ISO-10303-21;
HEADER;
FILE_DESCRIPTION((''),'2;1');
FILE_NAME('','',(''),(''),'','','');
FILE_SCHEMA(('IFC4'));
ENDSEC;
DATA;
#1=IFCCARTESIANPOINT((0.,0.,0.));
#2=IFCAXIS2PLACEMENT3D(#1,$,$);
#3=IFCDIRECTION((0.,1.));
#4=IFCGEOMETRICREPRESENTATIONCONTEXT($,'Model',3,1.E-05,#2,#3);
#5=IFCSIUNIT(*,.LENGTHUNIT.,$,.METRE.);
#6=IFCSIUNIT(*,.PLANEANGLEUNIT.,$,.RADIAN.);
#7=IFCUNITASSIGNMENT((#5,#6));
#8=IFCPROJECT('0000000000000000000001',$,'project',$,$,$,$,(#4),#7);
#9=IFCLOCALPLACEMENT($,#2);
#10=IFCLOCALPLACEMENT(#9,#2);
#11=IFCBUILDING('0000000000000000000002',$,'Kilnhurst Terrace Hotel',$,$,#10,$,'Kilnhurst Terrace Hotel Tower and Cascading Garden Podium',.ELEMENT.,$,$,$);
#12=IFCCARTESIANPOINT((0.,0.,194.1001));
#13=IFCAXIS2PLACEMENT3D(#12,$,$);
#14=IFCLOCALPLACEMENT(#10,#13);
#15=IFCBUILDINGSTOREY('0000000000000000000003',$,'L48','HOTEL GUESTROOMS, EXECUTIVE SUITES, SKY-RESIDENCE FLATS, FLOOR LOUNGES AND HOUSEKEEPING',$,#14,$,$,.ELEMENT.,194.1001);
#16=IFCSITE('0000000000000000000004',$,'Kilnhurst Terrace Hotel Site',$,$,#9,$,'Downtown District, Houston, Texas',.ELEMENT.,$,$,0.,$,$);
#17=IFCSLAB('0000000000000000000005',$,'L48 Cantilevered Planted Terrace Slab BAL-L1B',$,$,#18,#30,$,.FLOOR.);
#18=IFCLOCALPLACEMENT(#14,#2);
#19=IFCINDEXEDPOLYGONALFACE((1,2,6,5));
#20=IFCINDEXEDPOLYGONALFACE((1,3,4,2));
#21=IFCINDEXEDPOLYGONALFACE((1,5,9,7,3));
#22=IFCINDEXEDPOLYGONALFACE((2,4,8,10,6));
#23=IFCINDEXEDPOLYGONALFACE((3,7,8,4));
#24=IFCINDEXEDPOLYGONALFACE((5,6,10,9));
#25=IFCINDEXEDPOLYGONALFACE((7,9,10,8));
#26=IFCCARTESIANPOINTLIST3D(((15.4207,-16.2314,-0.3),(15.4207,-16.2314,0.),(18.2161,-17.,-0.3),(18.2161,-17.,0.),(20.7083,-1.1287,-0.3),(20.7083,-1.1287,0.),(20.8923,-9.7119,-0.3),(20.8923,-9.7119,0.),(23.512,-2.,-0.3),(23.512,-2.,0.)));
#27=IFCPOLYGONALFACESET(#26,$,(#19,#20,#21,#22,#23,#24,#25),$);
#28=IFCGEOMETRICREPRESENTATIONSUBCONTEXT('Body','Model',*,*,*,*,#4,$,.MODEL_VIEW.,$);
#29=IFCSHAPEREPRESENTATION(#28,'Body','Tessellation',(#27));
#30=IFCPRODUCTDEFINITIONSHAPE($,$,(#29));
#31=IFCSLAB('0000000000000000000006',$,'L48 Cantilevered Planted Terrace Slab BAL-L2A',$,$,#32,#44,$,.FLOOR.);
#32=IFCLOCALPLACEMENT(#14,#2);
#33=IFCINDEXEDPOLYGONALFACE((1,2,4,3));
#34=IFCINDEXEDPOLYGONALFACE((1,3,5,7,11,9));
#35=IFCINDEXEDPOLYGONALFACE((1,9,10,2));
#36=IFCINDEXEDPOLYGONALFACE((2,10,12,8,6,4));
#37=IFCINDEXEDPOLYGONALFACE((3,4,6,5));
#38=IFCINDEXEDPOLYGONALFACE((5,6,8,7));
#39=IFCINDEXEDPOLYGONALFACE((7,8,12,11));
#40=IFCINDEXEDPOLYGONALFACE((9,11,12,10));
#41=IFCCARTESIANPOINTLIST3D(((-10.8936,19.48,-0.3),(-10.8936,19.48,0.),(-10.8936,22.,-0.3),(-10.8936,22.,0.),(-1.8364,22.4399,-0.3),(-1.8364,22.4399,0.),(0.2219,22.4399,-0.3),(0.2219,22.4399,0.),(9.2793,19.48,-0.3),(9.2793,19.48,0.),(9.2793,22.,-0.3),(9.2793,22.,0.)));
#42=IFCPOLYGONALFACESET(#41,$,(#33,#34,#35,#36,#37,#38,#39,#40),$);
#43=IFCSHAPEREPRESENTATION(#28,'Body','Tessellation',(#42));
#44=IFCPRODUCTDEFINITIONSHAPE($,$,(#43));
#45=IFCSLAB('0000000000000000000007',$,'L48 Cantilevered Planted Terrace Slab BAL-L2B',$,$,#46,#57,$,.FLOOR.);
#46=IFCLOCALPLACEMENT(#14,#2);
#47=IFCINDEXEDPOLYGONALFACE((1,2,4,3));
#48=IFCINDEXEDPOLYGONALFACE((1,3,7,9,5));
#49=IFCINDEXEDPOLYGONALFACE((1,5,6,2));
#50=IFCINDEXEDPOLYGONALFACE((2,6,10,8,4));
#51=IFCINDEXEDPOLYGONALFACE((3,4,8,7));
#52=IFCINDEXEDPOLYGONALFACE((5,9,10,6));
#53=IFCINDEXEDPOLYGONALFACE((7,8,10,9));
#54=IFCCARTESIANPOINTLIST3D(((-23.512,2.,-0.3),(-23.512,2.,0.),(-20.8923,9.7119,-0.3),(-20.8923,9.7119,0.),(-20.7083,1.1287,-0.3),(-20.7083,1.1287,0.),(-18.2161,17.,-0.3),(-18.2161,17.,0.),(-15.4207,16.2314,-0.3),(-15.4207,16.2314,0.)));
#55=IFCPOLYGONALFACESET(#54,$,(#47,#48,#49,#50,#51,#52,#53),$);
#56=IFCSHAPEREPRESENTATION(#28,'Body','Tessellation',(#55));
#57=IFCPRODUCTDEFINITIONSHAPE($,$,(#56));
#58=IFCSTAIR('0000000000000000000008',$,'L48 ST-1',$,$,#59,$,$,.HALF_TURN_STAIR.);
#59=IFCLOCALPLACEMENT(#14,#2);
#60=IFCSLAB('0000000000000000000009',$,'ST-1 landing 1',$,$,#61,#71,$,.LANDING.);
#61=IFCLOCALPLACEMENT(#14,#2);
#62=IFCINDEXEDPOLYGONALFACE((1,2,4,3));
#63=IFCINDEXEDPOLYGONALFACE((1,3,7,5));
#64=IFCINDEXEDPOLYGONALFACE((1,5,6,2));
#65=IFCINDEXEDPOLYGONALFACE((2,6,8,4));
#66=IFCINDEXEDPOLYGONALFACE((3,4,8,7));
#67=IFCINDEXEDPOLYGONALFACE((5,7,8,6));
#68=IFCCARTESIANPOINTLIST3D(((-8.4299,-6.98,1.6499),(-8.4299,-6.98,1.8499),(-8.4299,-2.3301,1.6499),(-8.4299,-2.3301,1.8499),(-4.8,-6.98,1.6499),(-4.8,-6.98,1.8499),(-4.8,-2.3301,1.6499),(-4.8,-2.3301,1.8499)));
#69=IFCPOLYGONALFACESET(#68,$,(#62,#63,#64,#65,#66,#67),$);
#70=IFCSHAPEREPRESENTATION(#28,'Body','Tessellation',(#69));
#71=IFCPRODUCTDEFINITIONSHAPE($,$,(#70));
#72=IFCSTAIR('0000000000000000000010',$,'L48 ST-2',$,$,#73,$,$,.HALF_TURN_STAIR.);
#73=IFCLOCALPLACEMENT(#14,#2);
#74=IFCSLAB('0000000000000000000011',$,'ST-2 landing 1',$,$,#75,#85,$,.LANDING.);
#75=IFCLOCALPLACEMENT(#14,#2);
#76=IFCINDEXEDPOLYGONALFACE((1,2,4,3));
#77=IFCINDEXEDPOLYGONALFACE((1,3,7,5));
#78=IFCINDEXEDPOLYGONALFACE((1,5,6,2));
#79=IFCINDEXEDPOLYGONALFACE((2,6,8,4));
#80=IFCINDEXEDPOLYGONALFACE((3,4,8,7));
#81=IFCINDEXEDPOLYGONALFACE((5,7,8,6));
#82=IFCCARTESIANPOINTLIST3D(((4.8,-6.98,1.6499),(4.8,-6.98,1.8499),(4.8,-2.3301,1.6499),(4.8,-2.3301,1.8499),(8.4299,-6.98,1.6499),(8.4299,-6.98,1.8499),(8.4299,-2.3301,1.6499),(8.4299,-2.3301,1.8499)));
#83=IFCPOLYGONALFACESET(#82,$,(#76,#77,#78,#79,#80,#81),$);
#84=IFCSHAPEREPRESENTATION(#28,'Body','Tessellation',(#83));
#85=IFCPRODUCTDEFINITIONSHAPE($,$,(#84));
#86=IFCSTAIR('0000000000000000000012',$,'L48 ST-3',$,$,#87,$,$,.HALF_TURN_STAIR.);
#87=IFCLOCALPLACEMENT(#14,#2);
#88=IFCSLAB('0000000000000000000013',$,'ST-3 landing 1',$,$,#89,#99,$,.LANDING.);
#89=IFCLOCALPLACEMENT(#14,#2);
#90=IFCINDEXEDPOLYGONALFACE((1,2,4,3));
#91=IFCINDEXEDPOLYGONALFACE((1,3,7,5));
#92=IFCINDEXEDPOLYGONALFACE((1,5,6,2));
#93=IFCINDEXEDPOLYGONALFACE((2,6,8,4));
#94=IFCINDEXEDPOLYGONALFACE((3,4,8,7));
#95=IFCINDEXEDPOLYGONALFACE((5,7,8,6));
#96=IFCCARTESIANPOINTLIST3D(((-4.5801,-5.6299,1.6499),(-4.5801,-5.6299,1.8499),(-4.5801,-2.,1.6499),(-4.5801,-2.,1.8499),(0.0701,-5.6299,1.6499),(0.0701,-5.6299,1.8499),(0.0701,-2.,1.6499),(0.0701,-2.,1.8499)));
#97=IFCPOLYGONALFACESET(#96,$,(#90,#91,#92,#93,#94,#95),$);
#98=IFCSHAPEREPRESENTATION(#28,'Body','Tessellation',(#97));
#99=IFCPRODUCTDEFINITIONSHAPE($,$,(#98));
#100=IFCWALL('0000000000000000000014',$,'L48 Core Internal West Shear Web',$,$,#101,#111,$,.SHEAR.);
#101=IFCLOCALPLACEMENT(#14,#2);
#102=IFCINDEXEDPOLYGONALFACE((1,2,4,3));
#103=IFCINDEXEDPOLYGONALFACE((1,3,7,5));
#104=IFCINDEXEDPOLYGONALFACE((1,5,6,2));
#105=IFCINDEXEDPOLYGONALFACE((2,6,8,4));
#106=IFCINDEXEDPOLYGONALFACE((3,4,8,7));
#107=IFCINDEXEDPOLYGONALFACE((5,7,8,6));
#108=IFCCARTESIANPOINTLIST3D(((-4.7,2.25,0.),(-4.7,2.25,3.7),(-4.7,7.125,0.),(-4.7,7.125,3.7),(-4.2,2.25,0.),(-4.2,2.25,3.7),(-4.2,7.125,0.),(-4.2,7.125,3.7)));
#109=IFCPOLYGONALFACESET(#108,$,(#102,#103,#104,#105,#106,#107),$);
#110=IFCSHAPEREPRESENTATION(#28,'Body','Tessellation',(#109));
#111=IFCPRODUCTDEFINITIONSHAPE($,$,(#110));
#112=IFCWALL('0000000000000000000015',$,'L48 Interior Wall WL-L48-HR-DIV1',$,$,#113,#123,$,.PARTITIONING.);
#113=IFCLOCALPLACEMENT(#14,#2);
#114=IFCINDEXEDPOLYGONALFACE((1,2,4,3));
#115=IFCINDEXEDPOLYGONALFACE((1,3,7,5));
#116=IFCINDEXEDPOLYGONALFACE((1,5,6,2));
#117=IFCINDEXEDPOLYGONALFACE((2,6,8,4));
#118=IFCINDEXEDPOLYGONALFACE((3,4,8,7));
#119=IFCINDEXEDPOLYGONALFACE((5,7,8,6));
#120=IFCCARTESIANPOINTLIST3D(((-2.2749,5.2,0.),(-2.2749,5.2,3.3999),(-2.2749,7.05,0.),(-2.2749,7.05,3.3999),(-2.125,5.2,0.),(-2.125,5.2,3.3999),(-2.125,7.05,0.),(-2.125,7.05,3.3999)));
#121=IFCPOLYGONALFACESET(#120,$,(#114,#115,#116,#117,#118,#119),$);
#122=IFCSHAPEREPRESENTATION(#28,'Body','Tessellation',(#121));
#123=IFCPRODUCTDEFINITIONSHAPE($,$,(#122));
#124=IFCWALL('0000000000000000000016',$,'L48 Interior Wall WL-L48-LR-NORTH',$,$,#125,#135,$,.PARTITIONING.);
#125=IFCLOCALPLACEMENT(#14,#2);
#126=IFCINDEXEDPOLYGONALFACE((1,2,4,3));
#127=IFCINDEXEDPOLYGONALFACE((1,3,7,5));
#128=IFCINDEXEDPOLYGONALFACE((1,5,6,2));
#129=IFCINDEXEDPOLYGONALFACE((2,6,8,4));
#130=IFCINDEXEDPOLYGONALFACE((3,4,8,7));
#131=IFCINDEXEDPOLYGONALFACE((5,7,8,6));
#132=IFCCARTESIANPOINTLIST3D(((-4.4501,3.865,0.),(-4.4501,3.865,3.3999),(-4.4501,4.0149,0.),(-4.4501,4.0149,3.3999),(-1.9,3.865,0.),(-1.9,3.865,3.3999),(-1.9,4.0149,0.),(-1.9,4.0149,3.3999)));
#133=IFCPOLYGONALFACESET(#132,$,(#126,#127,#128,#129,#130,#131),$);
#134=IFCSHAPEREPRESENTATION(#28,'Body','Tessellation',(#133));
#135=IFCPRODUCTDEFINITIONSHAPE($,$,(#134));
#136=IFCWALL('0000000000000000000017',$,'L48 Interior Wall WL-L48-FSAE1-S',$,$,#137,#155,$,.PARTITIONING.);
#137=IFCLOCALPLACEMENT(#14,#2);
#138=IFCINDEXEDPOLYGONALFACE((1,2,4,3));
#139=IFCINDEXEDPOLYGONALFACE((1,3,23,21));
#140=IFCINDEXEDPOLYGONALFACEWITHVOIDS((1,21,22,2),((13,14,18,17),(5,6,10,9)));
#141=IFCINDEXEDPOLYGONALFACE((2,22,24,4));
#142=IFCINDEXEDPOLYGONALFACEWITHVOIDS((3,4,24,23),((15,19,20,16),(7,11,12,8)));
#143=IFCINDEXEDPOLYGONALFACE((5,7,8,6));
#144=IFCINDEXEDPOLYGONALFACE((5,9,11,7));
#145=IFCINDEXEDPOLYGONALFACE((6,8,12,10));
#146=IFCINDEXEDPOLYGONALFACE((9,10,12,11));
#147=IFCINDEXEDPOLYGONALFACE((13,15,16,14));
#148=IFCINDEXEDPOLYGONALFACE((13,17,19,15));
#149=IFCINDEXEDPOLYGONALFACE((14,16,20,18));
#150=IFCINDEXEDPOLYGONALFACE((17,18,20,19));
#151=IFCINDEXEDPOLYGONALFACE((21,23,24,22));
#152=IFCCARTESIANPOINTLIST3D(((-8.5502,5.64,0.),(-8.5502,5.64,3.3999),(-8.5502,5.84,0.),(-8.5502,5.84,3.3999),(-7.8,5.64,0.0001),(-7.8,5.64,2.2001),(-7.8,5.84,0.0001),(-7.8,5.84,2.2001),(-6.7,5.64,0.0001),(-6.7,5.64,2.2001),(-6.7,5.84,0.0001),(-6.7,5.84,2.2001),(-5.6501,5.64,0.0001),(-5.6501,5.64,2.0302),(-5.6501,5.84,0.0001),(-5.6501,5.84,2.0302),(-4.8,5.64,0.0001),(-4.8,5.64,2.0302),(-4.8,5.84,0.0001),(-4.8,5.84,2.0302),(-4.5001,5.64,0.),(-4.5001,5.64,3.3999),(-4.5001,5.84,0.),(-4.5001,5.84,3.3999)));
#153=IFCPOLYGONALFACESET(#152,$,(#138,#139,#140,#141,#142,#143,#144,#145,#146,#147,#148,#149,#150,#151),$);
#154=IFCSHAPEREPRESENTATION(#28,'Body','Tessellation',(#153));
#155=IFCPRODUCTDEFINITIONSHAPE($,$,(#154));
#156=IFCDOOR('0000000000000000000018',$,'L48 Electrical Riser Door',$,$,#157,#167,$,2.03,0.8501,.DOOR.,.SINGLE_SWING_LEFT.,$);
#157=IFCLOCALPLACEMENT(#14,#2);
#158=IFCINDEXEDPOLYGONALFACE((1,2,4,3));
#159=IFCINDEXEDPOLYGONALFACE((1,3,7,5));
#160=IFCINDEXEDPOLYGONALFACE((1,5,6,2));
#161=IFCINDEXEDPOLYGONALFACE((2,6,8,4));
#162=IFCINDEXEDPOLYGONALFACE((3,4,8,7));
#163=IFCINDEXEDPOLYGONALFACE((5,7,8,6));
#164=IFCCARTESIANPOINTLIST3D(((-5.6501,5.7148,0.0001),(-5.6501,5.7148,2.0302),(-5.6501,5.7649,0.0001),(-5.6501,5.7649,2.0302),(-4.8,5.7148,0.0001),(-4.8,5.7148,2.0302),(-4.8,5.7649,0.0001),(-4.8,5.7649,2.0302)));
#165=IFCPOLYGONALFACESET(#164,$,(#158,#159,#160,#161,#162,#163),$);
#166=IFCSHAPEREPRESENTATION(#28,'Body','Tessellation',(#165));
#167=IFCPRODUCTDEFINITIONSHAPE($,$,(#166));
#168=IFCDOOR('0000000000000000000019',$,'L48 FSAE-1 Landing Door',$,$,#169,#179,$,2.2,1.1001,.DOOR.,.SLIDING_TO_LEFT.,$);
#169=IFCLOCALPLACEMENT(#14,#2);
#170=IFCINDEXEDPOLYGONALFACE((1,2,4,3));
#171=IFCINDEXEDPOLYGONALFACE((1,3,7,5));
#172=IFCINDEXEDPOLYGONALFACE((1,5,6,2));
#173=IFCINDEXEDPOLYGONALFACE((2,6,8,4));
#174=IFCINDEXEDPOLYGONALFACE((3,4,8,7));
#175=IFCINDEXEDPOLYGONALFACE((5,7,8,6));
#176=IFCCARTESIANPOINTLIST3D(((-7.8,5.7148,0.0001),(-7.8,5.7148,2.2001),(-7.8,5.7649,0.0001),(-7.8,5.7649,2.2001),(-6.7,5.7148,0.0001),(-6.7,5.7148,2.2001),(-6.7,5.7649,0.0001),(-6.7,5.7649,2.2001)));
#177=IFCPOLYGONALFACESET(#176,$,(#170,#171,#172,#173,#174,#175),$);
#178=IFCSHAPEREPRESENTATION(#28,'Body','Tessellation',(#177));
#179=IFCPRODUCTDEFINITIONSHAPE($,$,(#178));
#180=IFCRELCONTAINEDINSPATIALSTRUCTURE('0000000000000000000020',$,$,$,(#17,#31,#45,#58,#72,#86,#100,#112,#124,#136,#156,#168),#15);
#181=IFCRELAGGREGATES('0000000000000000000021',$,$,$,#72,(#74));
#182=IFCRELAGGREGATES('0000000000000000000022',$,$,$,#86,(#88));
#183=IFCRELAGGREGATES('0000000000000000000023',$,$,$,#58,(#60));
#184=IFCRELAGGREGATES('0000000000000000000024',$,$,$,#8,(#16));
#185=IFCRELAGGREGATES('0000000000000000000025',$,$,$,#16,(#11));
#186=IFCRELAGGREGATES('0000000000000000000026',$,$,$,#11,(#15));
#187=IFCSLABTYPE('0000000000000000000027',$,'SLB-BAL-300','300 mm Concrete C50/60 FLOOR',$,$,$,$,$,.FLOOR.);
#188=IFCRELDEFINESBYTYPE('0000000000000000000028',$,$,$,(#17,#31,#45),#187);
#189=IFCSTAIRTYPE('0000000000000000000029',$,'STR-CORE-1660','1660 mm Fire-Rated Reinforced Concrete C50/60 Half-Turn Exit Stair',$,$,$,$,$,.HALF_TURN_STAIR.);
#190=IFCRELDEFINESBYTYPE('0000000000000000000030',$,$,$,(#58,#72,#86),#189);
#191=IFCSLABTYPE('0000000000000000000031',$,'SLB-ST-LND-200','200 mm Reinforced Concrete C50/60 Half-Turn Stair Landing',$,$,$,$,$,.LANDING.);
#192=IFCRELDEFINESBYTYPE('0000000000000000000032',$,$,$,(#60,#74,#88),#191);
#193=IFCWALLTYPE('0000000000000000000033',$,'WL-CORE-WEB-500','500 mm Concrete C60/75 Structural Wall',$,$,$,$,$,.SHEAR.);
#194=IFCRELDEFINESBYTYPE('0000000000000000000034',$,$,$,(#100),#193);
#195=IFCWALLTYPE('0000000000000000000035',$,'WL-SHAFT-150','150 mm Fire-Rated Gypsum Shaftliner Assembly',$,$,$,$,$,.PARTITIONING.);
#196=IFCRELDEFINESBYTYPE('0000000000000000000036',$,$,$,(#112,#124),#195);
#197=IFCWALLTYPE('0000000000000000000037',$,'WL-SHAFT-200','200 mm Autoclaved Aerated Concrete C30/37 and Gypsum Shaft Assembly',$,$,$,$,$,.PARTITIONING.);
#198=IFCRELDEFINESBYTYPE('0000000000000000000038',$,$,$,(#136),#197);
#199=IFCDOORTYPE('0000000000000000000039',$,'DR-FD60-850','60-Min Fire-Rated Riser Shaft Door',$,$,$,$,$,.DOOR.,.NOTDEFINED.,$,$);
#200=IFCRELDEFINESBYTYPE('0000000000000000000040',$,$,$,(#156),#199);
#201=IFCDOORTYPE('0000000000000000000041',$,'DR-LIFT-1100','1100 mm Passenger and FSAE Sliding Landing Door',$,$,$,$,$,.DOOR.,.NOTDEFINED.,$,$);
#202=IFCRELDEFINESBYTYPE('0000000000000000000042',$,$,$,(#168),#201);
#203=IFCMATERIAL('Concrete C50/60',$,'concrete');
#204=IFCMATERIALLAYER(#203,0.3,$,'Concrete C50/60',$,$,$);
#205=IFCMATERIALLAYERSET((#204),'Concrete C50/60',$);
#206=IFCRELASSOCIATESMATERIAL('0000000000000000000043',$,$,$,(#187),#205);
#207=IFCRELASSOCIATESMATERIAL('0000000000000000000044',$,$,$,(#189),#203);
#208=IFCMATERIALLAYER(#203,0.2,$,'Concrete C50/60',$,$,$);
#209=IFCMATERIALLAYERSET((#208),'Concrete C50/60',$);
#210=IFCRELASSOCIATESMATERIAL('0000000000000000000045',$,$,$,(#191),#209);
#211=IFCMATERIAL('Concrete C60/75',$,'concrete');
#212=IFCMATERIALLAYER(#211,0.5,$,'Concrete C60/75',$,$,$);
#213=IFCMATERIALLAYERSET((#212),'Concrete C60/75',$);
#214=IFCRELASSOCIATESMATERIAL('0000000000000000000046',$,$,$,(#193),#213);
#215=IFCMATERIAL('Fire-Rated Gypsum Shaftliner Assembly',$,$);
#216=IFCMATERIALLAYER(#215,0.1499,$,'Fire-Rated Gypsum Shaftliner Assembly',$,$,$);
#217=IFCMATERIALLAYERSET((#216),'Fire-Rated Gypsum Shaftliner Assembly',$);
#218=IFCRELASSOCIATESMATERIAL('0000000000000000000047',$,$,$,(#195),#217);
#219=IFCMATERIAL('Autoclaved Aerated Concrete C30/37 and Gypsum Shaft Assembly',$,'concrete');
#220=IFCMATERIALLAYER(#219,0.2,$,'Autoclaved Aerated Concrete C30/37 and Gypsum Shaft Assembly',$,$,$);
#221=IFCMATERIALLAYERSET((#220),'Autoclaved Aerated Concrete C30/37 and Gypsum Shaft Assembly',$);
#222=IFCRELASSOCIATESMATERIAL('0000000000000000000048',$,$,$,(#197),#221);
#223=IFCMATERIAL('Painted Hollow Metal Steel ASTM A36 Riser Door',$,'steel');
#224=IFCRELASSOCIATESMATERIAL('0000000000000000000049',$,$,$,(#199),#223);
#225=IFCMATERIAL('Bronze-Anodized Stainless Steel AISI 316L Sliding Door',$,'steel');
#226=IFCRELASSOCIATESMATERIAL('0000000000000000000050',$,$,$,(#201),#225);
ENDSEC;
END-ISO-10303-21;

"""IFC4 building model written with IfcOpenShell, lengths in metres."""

from ifc_helpers import new_model, si_unit, direction, frame, frame_2d, origin, place, context, subcontext, project, spatial, polyline, rectangle, outline, extrude, material, layer, layer_set, type_object, element, fill, aggregate, save


model = new_model("IFC4")

# Units and contexts
model_context = context("Model", 3, precision=1e-05, world=origin(), true_north=direction((0.0, 1.0)))
body_context = subcontext(model_context, "Body", "Model", "MODEL_VIEW")
ifc_project = project(units=[si_unit("LENGTHUNIT", "METRE"), si_unit("PLANEANGLEUNIT", "RADIAN")], contexts=[model_context])

# Site, building, storey
site_placement = place(None, origin())
site = spatial("IfcSite", under=ifc_project, at=site_placement, Name="Kilnhurst Terrace Hotel Site", LongName="Downtown District, Houston, Texas", CompositionType="ELEMENT", RefElevation=0.0)
building_placement = place(site_placement, origin())
building = spatial("IfcBuilding", under=site, at=building_placement, Name="Kilnhurst Terrace Hotel", LongName="Kilnhurst Terrace Hotel Tower and Cascading Garden Podium", CompositionType="ELEMENT")
storey_placement = place(building_placement, frame((0.0, 0.0, 194.1001)))
storey = spatial("IfcBuildingStorey", under=building, at=storey_placement, Name="L48", Description="HOTEL GUESTROOMS, EXECUTIVE SUITES, SKY-RESIDENCE FLATS, FLOOR LOUNGES AND HOUSEKEEPING", CompositionType="ELEMENT", Elevation=194.1001)

# Slabs
ifc_material_1 = material(Name="Concrete C50/60", Category="concrete")
ifc_layer_1 = layer(ifc_material_1, 0.3, Name="Concrete C50/60")
ifc_layer_set_1 = layer_set([ifc_layer_1], Name="Concrete C50/60")
slab_type_1 = type_object("IfcSlabType", Name="SLB-BAL-300", Description="300 mm Concrete C50/60 FLOOR", PredefinedType="FLOOR", material=ifc_layer_set_1)
slab_1_placement = place(storey_placement, frame((0.0, 0.0, -0.3)))
element("IfcSlab", 1, at=slab_1_placement, inside=storey, type_object=slab_type_1, Name="L48 Cantilevered Planted Terrace Slab BAL-L1B", PredefinedType="FLOOR", context=body_context, shape_type="SweptSolid", body=[
    extrude(outline(polyline([(18.2161, -17.0), (15.4207, -16.2314), (20.7083, -1.1287), (23.512, -2.0), (20.8923, -9.7119), (18.2161, -17.0)])), origin(), (0.0, 0.0, 1.0), 0.3),
])
slab_2_placement = place(storey_placement, frame((0.0, 0.0, -0.3)))
element("IfcSlab", 2, at=slab_2_placement, inside=storey, type_object=slab_type_1, Name="L48 Cantilevered Planted Terrace Slab BAL-L2A", PredefinedType="FLOOR", context=body_context, shape_type="SweptSolid", body=[
    extrude(outline(polyline([(0.2219, 22.4399), (9.2793, 22.0), (9.2793, 19.48), (-10.8936, 19.48), (-10.8936, 22.0), (-1.8364, 22.4399), (0.2219, 22.4399)])), origin(), (0.0, 0.0, 1.0), 0.3),
])
slab_3_placement = place(storey_placement, frame((0.0, 0.0, -0.3)))
element("IfcSlab", 3, at=slab_3_placement, inside=storey, type_object=slab_type_1, Name="L48 Cantilevered Planted Terrace Slab BAL-L2B", PredefinedType="FLOOR", context=body_context, shape_type="SweptSolid", body=[
    extrude(outline(polyline([(-18.2161, 17.0), (-15.4207, 16.2314), (-20.7083, 1.1287), (-23.512, 2.0), (-20.8923, 9.7119), (-18.2161, 17.0)])), origin(), (0.0, 0.0, 1.0), 0.3),
])

# Stairs, slabs
stair_type = type_object("IfcStairType", Name="STR-CORE-1660", Description="1660 mm Fire-Rated Reinforced Concrete C50/60 Half-Turn Exit Stair", PredefinedType="HALF_TURN_STAIR", material=ifc_material_1)
stair_1_placement = place(storey_placement, origin())
stair_1 = element("IfcStair", 4, at=stair_1_placement, inside=storey, type_object=stair_type, Name="L48 ST-1", PredefinedType="HALF_TURN_STAIR")
ifc_layer_2 = layer(ifc_material_1, 0.2, Name="Concrete C50/60")
ifc_layer_set_2 = layer_set([ifc_layer_2], Name="Concrete C50/60")
slab_type_2 = type_object("IfcSlabType", Name="SLB-ST-LND-200", Description="200 mm Reinforced Concrete C50/60 Half-Turn Stair Landing", PredefinedType="LANDING", material=ifc_layer_set_2)
slab_4_placement = place(storey_placement, frame((0.0, 0.0, 1.6499)))
slab_4 = element("IfcSlab", 5, at=slab_4_placement, type_object=slab_type_2, Name="ST-1 landing 1", PredefinedType="LANDING", context=body_context, shape_type="SweptSolid", body=[
    extrude(outline(polyline([(-8.4299, -2.3301), (-4.8, -2.3301), (-4.8, -6.98), (-8.4299, -6.98), (-8.4299, -2.3301)])), origin(), (0.0, 0.0, 1.0), 0.2),
])
stair_2_placement = place(storey_placement, origin())
stair_2 = element("IfcStair", 6, at=stair_2_placement, inside=storey, type_object=stair_type, Name="L48 ST-2", PredefinedType="HALF_TURN_STAIR")
slab_5_placement = place(storey_placement, frame((0.0, 0.0, 1.6499)))
slab_5 = element("IfcSlab", 7, at=slab_5_placement, type_object=slab_type_2, Name="ST-2 landing 1", PredefinedType="LANDING", context=body_context, shape_type="SweptSolid", body=[
    extrude(outline(polyline([(4.8, -2.3301), (8.4299, -2.3301), (8.4299, -6.98), (4.8, -6.98), (4.8, -2.3301)])), origin(), (0.0, 0.0, 1.0), 0.2),
])
aggregate(stair_2, [slab_5])
stair_3_placement = place(storey_placement, origin())
stair_3 = element("IfcStair", 8, at=stair_3_placement, inside=storey, type_object=stair_type, Name="L48 ST-3", PredefinedType="HALF_TURN_STAIR")
slab_6_placement = place(storey_placement, frame((0.0, 0.0, 1.6499)))
slab_6 = element("IfcSlab", 9, at=slab_6_placement, type_object=slab_type_2, Name="ST-3 landing 1", PredefinedType="LANDING", context=body_context, shape_type="SweptSolid", body=[
    extrude(outline(polyline([(0.0701, -2.0), (0.0701, -5.6299), (-4.5801, -5.6299), (-4.5801, -2.0), (0.0701, -2.0)])), origin(), (0.0, 0.0, 1.0), 0.2),
])
aggregate(stair_3, [slab_6])

# Walls
ifc_material_2 = material(Name="Concrete C60/75", Category="concrete")
ifc_layer_3 = layer(ifc_material_2, 0.5, Name="Concrete C60/75")
ifc_layer_set_3 = layer_set([ifc_layer_3], Name="Concrete C60/75")
wall_type_1 = type_object("IfcWallType", Name="WL-CORE-WEB-500", Description="500 mm Concrete C60/75 Structural Wall", PredefinedType="SHEAR", material=ifc_layer_set_3)
wall_1_placement = place(storey_placement, frame((-4.45, 2.25, 0.0), z_axis=(0.0, 0.0, 1.0), x_axis=(0.0, 1.0, 0.0)))
element("IfcWall", 10, at=wall_1_placement, inside=storey, type_object=wall_type_1, Name="L48 Core Internal West Shear Web", PredefinedType="SHEAR", context=body_context, shape_type="SweptSolid", body=[
    extrude(rectangle(XDim=4.875, YDim=0.5, at=frame_2d((2.4375, 0.0))), origin(), (0.0, 0.0, 1.0), 3.7),
])
ifc_material_3 = material(Name="Fire-Rated Gypsum Shaftliner Assembly")
ifc_layer_4 = layer(ifc_material_3, 0.1499, Name="Fire-Rated Gypsum Shaftliner Assembly")
ifc_layer_set_4 = layer_set([ifc_layer_4], Name="Fire-Rated Gypsum Shaftliner Assembly")
wall_type_2 = type_object("IfcWallType", Name="WL-SHAFT-150", Description="150 mm Fire-Rated Gypsum Shaftliner Assembly", PredefinedType="PARTITIONING", material=ifc_layer_set_4)
wall_2_placement = place(storey_placement, frame((-2.2, 5.2, 0.0), z_axis=(0.0, 0.0, 1.0), x_axis=(0.0, 1.0, 0.0)))
element("IfcWall", 11, at=wall_2_placement, inside=storey, type_object=wall_type_2, Name="L48 Interior Wall WL-L48-HR-DIV1", PredefinedType="PARTITIONING", context=body_context, shape_type="SweptSolid", body=[
    extrude(rectangle(XDim=1.8501, YDim=0.1499, at=frame_2d((0.925, 0.0))), origin(), (0.0, 0.0, 1.0), 3.3999),
])
wall_3_placement = place(storey_placement, frame((-4.45, 3.9399, 0.0), z_axis=(0.0, 0.0, 1.0), x_axis=(1.0, 0.0, 0.0)))
element("IfcWall", 12, at=wall_3_placement, inside=storey, type_object=wall_type_2, Name="L48 Interior Wall WL-L48-LR-NORTH", PredefinedType="PARTITIONING", context=body_context, shape_type="SweptSolid", body=[
    extrude(rectangle(XDim=2.55, YDim=0.1499, at=frame_2d((1.2749, 0.0))), origin(), (0.0, 0.0, 1.0), 3.3999),
])

# Wall, openings, doors
ifc_material_4 = material(Name="Autoclaved Aerated Concrete C30/37 and Gypsum Shaft Assembly", Category="concrete")
ifc_layer_5 = layer(ifc_material_4, 0.2, Name="Autoclaved Aerated Concrete C30/37 and Gypsum Shaft Assembly")
ifc_layer_set_5 = layer_set([ifc_layer_5], Name="Autoclaved Aerated Concrete C30/37 and Gypsum Shaft Assembly")
wall_type_3 = type_object("IfcWallType", Name="WL-SHAFT-200", Description="200 mm Autoclaved Aerated Concrete C30/37 and Gypsum Shaft Assembly", PredefinedType="PARTITIONING", material=ifc_layer_set_5)
wall_4_placement = place(storey_placement, frame((-8.55, 5.74, 0.0), z_axis=(0.0, 0.0, 1.0), x_axis=(1.0, 0.0, 0.0)))
wall_4 = element("IfcWall", 13, at=wall_4_placement, inside=storey, type_object=wall_type_3, Name="L48 Interior Wall WL-L48-FSAE1-S", PredefinedType="PARTITIONING", context=body_context, shape_type="SweptSolid", body=[
    extrude(rectangle(XDim=4.05, YDim=0.2, at=frame_2d((2.0249, 0.0))), origin(), (0.0, 0.0, 1.0), 3.3999),
])
opening_1_placement = place(wall_4_placement, frame((0.75, 0.0, 0.0)))
opening_1 = element("IfcOpeningElement", 14, at=opening_1_placement, cuts=wall_4, PredefinedType="OPENING", context=body_context, shape_type="SweptSolid", body=[
    extrude(rectangle(XDim=1.1001, YDim=2.2, at=frame_2d((0.55, 1.1001))), frame((0.0, 0.1099, 0.0), z_axis=(0.0, -1.0, 0.0), x_axis=(1.0, 0.0, 0.0)), (0.0, 0.0, 1.0), 0.22),
])
opening_2_placement = place(wall_4_placement, frame((2.8999, 0.0, 0.0)))
opening_2 = element("IfcOpeningElement", 15, at=opening_2_placement, cuts=wall_4, PredefinedType="OPENING", context=body_context, shape_type="SweptSolid", body=[
    extrude(rectangle(XDim=0.8501, YDim=2.03, at=frame_2d((0.425, 1.0151))), frame((0.0, 0.1099, 0.0), z_axis=(0.0, -1.0, 0.0), x_axis=(1.0, 0.0, 0.0)), (0.0, 0.0, 1.0), 0.22),
])
ifc_material_5 = material(Name="Painted Hollow Metal Steel ASTM A36 Riser Door", Category="steel")
door_type_1 = type_object("IfcDoorType", Name="DR-FD60-850", Description="60-Min Fire-Rated Riser Shaft Door", OperationType="NOTDEFINED", PredefinedType="DOOR", material=ifc_material_5)
door_1_placement = place(opening_2_placement, origin())
door_1 = element("IfcDoor", 16, at=door_1_placement, inside=storey, type_object=door_type_1, Name="L48 Electrical Riser Door", OperationType="SINGLE_SWING_LEFT", OverallHeight=2.03, OverallWidth=0.8501, PredefinedType="DOOR", context=body_context, shape_type="SweptSolid", body=[
    extrude(rectangle(XDim=0.8501, YDim=2.03, at=frame_2d((0.425, 1.0151))), frame((0.0, 0.0249, 0.0), z_axis=(0.0, -1.0, 0.0), x_axis=(1.0, 0.0, 0.0)), (0.0, 0.0, 1.0), 0.05),
])
fill(opening_2, door_1)
ifc_material_6 = material(Name="Bronze-Anodized Stainless Steel AISI 316L Sliding Door", Category="steel")
door_type_2 = type_object("IfcDoorType", Name="DR-LIFT-1100", Description="1100 mm Passenger and FSAE Sliding Landing Door", OperationType="NOTDEFINED", PredefinedType="DOOR", material=ifc_material_6)
door_2_placement = place(opening_1_placement, origin())
door_2 = element("IfcDoor", 17, at=door_2_placement, inside=storey, type_object=door_type_2, Name="L48 FSAE-1 Landing Door", OperationType="SLIDING_TO_LEFT", OverallHeight=2.2, OverallWidth=1.1001, PredefinedType="DOOR", context=body_context, shape_type="SweptSolid", body=[
    extrude(rectangle(XDim=1.1001, YDim=2.2, at=frame_2d((0.55, 1.1001))), frame((0.0, 0.0249, 0.0), z_axis=(0.0, -1.0, 0.0), x_axis=(1.0, 0.0, 0.0)), (0.0, 0.0, 1.0), 0.05),
])
fill(opening_1, door_2)

aggregate(stair_1, [slab_4])

save(model, "model.ifc")
